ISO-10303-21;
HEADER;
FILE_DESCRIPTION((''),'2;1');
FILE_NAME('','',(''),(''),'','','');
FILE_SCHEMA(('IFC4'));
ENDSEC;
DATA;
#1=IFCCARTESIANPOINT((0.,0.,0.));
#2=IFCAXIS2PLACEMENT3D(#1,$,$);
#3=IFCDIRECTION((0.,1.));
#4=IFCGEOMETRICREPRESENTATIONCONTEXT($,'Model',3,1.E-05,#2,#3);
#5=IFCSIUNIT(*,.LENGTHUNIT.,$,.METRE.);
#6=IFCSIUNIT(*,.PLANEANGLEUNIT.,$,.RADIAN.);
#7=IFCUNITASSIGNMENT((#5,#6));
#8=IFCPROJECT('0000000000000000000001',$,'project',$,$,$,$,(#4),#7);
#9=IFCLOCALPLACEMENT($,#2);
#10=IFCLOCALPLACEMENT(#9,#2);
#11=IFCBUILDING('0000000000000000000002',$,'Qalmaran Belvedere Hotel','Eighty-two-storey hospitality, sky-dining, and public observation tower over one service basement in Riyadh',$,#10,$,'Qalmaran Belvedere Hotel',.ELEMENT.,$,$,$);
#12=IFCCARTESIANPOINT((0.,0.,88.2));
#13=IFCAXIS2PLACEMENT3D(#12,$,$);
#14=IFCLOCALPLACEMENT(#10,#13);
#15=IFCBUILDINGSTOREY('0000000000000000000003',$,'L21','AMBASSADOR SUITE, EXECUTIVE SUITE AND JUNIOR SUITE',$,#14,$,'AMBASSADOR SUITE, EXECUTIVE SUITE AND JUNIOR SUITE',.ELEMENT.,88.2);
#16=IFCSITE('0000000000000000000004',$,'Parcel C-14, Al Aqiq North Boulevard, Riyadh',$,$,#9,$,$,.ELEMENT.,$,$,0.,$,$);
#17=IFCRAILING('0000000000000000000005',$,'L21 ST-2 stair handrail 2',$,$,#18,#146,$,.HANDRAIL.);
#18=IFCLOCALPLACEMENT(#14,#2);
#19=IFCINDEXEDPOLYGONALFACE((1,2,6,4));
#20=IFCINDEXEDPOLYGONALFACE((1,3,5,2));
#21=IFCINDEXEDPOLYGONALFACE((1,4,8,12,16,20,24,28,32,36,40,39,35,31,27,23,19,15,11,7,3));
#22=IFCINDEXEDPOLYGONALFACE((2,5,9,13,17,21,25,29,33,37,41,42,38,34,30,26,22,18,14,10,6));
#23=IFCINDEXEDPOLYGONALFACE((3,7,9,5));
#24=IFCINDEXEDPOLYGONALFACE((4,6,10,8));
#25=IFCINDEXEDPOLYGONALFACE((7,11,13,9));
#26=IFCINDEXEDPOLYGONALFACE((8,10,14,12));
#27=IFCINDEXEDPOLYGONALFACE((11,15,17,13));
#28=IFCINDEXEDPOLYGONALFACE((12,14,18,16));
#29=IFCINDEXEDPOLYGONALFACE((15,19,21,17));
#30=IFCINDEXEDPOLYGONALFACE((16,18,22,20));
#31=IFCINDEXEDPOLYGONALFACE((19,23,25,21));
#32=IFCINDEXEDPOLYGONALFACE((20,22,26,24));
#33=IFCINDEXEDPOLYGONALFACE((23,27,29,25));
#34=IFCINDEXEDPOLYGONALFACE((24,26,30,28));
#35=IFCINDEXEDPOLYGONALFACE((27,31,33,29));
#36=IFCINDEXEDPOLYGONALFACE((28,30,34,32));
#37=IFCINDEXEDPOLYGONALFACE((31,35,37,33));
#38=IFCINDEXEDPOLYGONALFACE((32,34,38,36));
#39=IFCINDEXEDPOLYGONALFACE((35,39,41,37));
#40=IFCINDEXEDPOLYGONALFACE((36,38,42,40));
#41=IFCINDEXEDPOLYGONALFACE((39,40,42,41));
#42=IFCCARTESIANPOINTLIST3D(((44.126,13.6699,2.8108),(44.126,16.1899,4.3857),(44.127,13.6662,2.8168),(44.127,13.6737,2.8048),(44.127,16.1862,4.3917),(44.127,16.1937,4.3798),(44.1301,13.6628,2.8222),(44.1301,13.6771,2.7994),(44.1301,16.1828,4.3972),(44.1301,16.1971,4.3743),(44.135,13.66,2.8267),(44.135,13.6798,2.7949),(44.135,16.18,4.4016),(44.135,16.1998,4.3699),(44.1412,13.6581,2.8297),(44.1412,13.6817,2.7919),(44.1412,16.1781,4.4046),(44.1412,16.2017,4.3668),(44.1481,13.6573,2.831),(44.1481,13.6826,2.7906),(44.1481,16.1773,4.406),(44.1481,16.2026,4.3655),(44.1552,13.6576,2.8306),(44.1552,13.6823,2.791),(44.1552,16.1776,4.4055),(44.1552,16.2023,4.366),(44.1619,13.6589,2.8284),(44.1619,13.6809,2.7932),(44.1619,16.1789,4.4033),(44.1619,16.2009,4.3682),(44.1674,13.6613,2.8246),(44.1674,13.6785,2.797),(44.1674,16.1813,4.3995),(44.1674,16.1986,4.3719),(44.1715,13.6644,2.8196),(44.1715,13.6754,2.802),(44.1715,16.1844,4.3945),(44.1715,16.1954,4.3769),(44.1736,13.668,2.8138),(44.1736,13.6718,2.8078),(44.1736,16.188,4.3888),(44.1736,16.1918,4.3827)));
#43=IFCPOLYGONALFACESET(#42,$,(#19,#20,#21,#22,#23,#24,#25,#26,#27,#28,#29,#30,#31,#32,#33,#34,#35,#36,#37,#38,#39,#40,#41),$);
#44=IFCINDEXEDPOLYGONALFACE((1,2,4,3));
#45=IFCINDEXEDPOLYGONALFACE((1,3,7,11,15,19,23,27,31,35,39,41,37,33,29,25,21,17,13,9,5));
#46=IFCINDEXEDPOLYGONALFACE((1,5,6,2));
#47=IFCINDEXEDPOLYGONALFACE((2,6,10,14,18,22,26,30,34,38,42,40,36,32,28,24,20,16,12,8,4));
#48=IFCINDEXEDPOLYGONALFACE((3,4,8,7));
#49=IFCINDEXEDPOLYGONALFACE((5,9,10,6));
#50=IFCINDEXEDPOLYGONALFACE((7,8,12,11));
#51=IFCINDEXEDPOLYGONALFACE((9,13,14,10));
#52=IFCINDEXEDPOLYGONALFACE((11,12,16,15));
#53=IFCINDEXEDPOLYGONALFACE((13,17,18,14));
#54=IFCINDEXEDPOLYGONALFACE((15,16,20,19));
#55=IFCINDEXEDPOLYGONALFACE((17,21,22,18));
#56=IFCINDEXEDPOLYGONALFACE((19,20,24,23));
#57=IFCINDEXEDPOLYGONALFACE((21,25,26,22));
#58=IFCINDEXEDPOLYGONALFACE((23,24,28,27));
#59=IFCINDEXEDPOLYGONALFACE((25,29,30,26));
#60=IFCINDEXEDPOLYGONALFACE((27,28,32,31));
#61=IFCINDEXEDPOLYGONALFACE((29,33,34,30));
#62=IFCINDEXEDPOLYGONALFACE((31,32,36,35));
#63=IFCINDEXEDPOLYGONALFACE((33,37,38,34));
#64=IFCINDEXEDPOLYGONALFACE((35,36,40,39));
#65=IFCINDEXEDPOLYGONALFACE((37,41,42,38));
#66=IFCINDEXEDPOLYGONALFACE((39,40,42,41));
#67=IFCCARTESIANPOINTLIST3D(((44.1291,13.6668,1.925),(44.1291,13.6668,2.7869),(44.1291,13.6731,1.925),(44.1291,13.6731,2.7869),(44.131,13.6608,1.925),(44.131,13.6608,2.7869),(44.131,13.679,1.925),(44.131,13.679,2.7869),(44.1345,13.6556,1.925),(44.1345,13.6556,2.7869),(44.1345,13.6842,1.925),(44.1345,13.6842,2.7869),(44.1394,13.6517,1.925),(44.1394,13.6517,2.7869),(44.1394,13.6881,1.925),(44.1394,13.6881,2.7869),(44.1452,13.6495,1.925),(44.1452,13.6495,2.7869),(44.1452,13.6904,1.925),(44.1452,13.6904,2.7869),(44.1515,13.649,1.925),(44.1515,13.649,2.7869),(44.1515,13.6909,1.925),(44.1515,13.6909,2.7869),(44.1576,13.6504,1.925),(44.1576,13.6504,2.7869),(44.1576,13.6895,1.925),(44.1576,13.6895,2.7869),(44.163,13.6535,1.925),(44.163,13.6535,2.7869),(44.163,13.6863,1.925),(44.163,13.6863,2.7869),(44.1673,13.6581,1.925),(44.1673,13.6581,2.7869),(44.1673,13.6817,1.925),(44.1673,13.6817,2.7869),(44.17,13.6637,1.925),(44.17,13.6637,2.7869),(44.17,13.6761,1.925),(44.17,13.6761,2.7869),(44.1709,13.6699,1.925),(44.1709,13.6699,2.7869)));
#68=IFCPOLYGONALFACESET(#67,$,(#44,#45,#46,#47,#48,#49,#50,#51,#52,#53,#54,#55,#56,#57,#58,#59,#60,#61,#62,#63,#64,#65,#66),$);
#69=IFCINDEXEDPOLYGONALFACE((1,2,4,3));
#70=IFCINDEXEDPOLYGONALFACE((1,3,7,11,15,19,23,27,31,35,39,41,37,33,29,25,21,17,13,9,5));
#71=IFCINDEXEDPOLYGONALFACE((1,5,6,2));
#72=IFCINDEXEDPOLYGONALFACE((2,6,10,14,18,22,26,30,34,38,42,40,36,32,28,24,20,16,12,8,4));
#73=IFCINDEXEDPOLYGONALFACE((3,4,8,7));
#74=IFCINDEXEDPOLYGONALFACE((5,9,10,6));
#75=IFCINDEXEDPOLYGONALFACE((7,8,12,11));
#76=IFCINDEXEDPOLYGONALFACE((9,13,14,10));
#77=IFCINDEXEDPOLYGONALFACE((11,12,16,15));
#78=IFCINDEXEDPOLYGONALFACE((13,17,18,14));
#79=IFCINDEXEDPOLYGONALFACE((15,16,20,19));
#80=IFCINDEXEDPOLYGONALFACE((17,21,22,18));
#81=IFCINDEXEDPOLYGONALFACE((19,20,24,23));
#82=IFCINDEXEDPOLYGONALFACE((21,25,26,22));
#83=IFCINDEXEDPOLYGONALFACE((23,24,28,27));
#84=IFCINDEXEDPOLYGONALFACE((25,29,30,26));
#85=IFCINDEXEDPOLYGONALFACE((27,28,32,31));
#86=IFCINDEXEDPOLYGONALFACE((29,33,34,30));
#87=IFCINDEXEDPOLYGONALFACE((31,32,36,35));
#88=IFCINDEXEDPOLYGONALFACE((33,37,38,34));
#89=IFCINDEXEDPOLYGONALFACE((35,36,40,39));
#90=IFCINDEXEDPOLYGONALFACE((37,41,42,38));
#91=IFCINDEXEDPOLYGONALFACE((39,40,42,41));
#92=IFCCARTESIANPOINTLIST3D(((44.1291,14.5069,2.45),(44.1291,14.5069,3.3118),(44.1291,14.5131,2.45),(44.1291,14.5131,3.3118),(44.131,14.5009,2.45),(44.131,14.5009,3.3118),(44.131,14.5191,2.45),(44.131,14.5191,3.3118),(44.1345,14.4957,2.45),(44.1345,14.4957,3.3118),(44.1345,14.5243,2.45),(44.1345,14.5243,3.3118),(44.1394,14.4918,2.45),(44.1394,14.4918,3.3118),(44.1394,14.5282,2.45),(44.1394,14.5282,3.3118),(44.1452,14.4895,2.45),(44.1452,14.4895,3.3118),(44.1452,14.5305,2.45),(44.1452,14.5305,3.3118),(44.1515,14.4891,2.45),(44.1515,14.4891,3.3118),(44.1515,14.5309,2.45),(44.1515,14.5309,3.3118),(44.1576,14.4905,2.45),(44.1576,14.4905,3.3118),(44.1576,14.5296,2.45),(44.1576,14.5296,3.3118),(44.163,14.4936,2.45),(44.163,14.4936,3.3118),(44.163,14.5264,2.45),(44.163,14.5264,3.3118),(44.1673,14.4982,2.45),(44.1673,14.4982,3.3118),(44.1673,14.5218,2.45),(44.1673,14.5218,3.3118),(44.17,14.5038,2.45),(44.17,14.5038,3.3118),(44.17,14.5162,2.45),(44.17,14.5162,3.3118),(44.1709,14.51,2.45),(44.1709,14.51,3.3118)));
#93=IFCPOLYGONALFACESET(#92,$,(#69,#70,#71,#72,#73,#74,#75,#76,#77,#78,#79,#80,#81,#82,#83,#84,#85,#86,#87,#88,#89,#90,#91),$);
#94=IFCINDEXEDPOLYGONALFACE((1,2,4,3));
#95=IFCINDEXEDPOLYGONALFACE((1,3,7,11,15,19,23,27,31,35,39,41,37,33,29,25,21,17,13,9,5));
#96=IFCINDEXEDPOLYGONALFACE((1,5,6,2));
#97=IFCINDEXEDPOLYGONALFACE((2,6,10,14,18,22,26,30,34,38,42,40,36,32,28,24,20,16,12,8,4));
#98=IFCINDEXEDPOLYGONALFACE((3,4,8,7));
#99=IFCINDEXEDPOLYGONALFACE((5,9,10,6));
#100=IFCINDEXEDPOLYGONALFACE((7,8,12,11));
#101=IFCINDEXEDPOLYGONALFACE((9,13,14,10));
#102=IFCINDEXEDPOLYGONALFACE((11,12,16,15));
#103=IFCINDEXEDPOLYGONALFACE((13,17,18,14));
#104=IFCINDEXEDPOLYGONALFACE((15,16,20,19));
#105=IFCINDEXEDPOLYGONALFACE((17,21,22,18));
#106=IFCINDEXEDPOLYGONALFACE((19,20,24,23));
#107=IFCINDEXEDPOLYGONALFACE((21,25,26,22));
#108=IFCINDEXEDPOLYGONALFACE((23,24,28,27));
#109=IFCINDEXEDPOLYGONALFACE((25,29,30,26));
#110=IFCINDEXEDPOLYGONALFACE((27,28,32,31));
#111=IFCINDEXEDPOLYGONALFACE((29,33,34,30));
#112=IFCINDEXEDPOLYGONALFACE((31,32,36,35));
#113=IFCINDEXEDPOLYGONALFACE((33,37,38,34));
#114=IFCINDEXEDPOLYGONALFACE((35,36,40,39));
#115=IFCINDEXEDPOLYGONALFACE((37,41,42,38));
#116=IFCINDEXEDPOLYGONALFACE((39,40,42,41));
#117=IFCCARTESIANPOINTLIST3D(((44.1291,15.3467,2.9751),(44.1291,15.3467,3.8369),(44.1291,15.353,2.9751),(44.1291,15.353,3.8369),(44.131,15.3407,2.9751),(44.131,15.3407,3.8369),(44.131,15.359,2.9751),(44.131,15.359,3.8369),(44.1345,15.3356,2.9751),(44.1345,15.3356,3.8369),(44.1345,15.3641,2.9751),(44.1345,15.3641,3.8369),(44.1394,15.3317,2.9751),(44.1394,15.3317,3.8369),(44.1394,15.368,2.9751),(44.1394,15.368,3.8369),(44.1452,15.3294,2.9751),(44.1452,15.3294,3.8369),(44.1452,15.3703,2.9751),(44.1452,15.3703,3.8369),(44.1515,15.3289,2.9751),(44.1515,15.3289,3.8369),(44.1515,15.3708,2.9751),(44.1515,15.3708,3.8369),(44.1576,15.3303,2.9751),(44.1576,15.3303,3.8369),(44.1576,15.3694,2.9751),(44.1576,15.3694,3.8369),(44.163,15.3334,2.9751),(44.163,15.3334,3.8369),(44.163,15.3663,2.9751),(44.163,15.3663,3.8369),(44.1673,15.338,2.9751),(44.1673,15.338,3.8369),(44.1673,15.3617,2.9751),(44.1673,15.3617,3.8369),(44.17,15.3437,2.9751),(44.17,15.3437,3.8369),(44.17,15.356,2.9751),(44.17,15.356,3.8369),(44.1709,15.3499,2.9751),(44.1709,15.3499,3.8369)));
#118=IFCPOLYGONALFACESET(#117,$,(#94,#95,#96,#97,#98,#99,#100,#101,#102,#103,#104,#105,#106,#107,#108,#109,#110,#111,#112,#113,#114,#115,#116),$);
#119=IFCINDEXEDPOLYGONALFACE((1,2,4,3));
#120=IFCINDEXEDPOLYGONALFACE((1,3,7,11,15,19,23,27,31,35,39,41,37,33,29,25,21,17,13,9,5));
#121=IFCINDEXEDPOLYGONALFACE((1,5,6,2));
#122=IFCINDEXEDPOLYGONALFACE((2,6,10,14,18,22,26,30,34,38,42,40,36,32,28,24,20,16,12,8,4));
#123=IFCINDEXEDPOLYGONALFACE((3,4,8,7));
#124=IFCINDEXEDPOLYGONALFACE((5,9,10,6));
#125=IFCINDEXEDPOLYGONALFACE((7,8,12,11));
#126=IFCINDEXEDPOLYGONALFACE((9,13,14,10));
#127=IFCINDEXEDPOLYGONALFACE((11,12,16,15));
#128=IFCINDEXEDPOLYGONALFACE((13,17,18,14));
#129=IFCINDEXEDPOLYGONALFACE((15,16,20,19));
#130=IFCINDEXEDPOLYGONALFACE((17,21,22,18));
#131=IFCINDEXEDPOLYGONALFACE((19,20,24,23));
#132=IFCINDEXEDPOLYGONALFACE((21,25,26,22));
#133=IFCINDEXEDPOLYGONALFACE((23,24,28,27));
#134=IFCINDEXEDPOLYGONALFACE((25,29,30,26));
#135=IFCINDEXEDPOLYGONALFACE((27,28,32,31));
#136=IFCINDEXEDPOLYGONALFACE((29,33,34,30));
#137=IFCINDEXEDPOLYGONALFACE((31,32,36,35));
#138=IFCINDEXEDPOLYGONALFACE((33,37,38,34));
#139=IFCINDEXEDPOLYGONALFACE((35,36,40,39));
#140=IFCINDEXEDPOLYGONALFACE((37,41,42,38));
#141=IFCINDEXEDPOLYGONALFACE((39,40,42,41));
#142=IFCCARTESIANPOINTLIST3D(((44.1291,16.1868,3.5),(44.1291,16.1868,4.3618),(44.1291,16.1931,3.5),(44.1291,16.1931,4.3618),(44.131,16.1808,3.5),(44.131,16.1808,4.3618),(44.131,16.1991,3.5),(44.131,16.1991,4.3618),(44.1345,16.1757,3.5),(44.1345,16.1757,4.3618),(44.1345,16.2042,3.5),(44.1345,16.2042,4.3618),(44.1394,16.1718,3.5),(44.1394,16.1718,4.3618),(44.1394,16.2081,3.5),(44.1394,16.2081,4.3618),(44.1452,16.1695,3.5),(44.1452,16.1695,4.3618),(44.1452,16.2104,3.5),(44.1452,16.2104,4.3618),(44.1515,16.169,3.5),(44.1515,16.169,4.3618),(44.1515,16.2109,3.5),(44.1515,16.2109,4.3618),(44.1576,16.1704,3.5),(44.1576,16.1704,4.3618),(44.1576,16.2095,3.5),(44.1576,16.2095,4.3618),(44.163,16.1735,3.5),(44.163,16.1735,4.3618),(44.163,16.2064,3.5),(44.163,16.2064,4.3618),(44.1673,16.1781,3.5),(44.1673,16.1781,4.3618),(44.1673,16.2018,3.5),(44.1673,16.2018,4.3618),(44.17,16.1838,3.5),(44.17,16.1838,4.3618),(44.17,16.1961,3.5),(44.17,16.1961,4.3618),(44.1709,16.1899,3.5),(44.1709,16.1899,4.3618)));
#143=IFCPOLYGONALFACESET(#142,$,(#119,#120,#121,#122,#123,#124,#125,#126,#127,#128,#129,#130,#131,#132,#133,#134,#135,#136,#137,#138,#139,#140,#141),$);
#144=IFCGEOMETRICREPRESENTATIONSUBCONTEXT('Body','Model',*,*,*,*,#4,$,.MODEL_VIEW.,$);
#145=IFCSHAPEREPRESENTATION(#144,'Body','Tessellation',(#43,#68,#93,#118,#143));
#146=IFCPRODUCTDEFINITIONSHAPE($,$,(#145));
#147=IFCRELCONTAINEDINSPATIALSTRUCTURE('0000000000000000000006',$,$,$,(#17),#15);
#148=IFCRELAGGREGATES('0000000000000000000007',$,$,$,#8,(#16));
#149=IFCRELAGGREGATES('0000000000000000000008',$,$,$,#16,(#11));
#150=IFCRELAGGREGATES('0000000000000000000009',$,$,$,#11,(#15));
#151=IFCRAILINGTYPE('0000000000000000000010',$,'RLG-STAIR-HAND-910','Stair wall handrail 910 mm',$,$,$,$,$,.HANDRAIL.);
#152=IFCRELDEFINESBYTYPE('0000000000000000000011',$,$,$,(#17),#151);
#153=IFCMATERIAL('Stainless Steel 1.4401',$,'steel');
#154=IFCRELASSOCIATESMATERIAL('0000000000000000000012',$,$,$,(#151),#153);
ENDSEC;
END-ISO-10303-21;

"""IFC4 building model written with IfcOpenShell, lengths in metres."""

from ifc_helpers import new_model, si_unit, direction, frame, origin, origin_2d, place, context, subcontext, project, spatial, circle, extrude, material, type_object, element, save


model = new_model("IFC4")

# Units and contexts
model_context = context("Model", 3, precision=1e-05, world=origin(), true_north=direction((0.0, 1.0)))
body_context = subcontext(model_context, "Body", "Model", "MODEL_VIEW")
ifc_project = project(units=[si_unit("LENGTHUNIT", "METRE"), si_unit("PLANEANGLEUNIT", "RADIAN")], contexts=[model_context])

# Site, building, storey
site_placement = place(None, origin())
site = spatial("IfcSite", under=ifc_project, at=site_placement, Name="Parcel C-14, Al Aqiq North Boulevard, Riyadh", CompositionType="ELEMENT", RefElevation=0.0)
building_placement = place(site_placement, origin())
building = spatial("IfcBuilding", under=site, at=building_placement, Name="Qalmaran Belvedere Hotel", Description="Eighty-two-storey hospitality, sky-dining, and public observation tower over one service basement in Riyadh", LongName="Qalmaran Belvedere Hotel", CompositionType="ELEMENT")
storey_placement = place(building_placement, frame((0.0, 0.0, 88.2)))
storey = spatial("IfcBuildingStorey", under=building, at=storey_placement, Name="L21", Description="AMBASSADOR SUITE, EXECUTIVE SUITE AND JUNIOR SUITE", LongName="AMBASSADOR SUITE, EXECUTIVE SUITE AND JUNIOR SUITE", CompositionType="ELEMENT", Elevation=88.2)

# Railing
ifc_material_1 = material(Name="Stainless Steel 1.4401", Category="steel")
railing_type = type_object("IfcRailingType", Name="RLG-STAIR-HAND-910", Description="Stair wall handrail 910 mm", PredefinedType="HANDRAIL", material=ifc_material_1)
railing_placement = place(storey_placement, frame((44.1499, 13.6699, 1.925)))
element("IfcRailing", 1, at=railing_placement, inside=storey, type_object=railing_type, Name="L21 ST-2 stair handrail 2", PredefinedType="HANDRAIL", context=body_context, shape_type="SweptSolid", body=[
    extrude(circle(Radius=0.0239, at=origin_2d()), frame((0.0, 0.0, 0.8857), z_axis=(0.0, 0.848008, 0.529984), x_axis=(-1.0, 0.0, 0.0)), (0.0, 0.0, 1.0), 2.9717),
    extrude(circle(Radius=0.021, at=origin_2d()), origin(), (0.0, 0.0, 1.0), 0.8618),
    extrude(circle(Radius=0.021, at=origin_2d()), frame((0.0, 0.8401, 0.5249)), (0.0, 0.0, 1.0), 0.8618),
    extrude(circle(Radius=0.021, at=origin_2d()), frame((0.0, 1.6799, 1.05)), (0.0, 0.0, 1.0), 0.8618),
    extrude(circle(Radius=0.021, at=origin_2d()), frame((0.0, 2.52, 1.575)), (0.0, 0.0, 1.0), 0.8618),
])

save(model, "model.ifc")
